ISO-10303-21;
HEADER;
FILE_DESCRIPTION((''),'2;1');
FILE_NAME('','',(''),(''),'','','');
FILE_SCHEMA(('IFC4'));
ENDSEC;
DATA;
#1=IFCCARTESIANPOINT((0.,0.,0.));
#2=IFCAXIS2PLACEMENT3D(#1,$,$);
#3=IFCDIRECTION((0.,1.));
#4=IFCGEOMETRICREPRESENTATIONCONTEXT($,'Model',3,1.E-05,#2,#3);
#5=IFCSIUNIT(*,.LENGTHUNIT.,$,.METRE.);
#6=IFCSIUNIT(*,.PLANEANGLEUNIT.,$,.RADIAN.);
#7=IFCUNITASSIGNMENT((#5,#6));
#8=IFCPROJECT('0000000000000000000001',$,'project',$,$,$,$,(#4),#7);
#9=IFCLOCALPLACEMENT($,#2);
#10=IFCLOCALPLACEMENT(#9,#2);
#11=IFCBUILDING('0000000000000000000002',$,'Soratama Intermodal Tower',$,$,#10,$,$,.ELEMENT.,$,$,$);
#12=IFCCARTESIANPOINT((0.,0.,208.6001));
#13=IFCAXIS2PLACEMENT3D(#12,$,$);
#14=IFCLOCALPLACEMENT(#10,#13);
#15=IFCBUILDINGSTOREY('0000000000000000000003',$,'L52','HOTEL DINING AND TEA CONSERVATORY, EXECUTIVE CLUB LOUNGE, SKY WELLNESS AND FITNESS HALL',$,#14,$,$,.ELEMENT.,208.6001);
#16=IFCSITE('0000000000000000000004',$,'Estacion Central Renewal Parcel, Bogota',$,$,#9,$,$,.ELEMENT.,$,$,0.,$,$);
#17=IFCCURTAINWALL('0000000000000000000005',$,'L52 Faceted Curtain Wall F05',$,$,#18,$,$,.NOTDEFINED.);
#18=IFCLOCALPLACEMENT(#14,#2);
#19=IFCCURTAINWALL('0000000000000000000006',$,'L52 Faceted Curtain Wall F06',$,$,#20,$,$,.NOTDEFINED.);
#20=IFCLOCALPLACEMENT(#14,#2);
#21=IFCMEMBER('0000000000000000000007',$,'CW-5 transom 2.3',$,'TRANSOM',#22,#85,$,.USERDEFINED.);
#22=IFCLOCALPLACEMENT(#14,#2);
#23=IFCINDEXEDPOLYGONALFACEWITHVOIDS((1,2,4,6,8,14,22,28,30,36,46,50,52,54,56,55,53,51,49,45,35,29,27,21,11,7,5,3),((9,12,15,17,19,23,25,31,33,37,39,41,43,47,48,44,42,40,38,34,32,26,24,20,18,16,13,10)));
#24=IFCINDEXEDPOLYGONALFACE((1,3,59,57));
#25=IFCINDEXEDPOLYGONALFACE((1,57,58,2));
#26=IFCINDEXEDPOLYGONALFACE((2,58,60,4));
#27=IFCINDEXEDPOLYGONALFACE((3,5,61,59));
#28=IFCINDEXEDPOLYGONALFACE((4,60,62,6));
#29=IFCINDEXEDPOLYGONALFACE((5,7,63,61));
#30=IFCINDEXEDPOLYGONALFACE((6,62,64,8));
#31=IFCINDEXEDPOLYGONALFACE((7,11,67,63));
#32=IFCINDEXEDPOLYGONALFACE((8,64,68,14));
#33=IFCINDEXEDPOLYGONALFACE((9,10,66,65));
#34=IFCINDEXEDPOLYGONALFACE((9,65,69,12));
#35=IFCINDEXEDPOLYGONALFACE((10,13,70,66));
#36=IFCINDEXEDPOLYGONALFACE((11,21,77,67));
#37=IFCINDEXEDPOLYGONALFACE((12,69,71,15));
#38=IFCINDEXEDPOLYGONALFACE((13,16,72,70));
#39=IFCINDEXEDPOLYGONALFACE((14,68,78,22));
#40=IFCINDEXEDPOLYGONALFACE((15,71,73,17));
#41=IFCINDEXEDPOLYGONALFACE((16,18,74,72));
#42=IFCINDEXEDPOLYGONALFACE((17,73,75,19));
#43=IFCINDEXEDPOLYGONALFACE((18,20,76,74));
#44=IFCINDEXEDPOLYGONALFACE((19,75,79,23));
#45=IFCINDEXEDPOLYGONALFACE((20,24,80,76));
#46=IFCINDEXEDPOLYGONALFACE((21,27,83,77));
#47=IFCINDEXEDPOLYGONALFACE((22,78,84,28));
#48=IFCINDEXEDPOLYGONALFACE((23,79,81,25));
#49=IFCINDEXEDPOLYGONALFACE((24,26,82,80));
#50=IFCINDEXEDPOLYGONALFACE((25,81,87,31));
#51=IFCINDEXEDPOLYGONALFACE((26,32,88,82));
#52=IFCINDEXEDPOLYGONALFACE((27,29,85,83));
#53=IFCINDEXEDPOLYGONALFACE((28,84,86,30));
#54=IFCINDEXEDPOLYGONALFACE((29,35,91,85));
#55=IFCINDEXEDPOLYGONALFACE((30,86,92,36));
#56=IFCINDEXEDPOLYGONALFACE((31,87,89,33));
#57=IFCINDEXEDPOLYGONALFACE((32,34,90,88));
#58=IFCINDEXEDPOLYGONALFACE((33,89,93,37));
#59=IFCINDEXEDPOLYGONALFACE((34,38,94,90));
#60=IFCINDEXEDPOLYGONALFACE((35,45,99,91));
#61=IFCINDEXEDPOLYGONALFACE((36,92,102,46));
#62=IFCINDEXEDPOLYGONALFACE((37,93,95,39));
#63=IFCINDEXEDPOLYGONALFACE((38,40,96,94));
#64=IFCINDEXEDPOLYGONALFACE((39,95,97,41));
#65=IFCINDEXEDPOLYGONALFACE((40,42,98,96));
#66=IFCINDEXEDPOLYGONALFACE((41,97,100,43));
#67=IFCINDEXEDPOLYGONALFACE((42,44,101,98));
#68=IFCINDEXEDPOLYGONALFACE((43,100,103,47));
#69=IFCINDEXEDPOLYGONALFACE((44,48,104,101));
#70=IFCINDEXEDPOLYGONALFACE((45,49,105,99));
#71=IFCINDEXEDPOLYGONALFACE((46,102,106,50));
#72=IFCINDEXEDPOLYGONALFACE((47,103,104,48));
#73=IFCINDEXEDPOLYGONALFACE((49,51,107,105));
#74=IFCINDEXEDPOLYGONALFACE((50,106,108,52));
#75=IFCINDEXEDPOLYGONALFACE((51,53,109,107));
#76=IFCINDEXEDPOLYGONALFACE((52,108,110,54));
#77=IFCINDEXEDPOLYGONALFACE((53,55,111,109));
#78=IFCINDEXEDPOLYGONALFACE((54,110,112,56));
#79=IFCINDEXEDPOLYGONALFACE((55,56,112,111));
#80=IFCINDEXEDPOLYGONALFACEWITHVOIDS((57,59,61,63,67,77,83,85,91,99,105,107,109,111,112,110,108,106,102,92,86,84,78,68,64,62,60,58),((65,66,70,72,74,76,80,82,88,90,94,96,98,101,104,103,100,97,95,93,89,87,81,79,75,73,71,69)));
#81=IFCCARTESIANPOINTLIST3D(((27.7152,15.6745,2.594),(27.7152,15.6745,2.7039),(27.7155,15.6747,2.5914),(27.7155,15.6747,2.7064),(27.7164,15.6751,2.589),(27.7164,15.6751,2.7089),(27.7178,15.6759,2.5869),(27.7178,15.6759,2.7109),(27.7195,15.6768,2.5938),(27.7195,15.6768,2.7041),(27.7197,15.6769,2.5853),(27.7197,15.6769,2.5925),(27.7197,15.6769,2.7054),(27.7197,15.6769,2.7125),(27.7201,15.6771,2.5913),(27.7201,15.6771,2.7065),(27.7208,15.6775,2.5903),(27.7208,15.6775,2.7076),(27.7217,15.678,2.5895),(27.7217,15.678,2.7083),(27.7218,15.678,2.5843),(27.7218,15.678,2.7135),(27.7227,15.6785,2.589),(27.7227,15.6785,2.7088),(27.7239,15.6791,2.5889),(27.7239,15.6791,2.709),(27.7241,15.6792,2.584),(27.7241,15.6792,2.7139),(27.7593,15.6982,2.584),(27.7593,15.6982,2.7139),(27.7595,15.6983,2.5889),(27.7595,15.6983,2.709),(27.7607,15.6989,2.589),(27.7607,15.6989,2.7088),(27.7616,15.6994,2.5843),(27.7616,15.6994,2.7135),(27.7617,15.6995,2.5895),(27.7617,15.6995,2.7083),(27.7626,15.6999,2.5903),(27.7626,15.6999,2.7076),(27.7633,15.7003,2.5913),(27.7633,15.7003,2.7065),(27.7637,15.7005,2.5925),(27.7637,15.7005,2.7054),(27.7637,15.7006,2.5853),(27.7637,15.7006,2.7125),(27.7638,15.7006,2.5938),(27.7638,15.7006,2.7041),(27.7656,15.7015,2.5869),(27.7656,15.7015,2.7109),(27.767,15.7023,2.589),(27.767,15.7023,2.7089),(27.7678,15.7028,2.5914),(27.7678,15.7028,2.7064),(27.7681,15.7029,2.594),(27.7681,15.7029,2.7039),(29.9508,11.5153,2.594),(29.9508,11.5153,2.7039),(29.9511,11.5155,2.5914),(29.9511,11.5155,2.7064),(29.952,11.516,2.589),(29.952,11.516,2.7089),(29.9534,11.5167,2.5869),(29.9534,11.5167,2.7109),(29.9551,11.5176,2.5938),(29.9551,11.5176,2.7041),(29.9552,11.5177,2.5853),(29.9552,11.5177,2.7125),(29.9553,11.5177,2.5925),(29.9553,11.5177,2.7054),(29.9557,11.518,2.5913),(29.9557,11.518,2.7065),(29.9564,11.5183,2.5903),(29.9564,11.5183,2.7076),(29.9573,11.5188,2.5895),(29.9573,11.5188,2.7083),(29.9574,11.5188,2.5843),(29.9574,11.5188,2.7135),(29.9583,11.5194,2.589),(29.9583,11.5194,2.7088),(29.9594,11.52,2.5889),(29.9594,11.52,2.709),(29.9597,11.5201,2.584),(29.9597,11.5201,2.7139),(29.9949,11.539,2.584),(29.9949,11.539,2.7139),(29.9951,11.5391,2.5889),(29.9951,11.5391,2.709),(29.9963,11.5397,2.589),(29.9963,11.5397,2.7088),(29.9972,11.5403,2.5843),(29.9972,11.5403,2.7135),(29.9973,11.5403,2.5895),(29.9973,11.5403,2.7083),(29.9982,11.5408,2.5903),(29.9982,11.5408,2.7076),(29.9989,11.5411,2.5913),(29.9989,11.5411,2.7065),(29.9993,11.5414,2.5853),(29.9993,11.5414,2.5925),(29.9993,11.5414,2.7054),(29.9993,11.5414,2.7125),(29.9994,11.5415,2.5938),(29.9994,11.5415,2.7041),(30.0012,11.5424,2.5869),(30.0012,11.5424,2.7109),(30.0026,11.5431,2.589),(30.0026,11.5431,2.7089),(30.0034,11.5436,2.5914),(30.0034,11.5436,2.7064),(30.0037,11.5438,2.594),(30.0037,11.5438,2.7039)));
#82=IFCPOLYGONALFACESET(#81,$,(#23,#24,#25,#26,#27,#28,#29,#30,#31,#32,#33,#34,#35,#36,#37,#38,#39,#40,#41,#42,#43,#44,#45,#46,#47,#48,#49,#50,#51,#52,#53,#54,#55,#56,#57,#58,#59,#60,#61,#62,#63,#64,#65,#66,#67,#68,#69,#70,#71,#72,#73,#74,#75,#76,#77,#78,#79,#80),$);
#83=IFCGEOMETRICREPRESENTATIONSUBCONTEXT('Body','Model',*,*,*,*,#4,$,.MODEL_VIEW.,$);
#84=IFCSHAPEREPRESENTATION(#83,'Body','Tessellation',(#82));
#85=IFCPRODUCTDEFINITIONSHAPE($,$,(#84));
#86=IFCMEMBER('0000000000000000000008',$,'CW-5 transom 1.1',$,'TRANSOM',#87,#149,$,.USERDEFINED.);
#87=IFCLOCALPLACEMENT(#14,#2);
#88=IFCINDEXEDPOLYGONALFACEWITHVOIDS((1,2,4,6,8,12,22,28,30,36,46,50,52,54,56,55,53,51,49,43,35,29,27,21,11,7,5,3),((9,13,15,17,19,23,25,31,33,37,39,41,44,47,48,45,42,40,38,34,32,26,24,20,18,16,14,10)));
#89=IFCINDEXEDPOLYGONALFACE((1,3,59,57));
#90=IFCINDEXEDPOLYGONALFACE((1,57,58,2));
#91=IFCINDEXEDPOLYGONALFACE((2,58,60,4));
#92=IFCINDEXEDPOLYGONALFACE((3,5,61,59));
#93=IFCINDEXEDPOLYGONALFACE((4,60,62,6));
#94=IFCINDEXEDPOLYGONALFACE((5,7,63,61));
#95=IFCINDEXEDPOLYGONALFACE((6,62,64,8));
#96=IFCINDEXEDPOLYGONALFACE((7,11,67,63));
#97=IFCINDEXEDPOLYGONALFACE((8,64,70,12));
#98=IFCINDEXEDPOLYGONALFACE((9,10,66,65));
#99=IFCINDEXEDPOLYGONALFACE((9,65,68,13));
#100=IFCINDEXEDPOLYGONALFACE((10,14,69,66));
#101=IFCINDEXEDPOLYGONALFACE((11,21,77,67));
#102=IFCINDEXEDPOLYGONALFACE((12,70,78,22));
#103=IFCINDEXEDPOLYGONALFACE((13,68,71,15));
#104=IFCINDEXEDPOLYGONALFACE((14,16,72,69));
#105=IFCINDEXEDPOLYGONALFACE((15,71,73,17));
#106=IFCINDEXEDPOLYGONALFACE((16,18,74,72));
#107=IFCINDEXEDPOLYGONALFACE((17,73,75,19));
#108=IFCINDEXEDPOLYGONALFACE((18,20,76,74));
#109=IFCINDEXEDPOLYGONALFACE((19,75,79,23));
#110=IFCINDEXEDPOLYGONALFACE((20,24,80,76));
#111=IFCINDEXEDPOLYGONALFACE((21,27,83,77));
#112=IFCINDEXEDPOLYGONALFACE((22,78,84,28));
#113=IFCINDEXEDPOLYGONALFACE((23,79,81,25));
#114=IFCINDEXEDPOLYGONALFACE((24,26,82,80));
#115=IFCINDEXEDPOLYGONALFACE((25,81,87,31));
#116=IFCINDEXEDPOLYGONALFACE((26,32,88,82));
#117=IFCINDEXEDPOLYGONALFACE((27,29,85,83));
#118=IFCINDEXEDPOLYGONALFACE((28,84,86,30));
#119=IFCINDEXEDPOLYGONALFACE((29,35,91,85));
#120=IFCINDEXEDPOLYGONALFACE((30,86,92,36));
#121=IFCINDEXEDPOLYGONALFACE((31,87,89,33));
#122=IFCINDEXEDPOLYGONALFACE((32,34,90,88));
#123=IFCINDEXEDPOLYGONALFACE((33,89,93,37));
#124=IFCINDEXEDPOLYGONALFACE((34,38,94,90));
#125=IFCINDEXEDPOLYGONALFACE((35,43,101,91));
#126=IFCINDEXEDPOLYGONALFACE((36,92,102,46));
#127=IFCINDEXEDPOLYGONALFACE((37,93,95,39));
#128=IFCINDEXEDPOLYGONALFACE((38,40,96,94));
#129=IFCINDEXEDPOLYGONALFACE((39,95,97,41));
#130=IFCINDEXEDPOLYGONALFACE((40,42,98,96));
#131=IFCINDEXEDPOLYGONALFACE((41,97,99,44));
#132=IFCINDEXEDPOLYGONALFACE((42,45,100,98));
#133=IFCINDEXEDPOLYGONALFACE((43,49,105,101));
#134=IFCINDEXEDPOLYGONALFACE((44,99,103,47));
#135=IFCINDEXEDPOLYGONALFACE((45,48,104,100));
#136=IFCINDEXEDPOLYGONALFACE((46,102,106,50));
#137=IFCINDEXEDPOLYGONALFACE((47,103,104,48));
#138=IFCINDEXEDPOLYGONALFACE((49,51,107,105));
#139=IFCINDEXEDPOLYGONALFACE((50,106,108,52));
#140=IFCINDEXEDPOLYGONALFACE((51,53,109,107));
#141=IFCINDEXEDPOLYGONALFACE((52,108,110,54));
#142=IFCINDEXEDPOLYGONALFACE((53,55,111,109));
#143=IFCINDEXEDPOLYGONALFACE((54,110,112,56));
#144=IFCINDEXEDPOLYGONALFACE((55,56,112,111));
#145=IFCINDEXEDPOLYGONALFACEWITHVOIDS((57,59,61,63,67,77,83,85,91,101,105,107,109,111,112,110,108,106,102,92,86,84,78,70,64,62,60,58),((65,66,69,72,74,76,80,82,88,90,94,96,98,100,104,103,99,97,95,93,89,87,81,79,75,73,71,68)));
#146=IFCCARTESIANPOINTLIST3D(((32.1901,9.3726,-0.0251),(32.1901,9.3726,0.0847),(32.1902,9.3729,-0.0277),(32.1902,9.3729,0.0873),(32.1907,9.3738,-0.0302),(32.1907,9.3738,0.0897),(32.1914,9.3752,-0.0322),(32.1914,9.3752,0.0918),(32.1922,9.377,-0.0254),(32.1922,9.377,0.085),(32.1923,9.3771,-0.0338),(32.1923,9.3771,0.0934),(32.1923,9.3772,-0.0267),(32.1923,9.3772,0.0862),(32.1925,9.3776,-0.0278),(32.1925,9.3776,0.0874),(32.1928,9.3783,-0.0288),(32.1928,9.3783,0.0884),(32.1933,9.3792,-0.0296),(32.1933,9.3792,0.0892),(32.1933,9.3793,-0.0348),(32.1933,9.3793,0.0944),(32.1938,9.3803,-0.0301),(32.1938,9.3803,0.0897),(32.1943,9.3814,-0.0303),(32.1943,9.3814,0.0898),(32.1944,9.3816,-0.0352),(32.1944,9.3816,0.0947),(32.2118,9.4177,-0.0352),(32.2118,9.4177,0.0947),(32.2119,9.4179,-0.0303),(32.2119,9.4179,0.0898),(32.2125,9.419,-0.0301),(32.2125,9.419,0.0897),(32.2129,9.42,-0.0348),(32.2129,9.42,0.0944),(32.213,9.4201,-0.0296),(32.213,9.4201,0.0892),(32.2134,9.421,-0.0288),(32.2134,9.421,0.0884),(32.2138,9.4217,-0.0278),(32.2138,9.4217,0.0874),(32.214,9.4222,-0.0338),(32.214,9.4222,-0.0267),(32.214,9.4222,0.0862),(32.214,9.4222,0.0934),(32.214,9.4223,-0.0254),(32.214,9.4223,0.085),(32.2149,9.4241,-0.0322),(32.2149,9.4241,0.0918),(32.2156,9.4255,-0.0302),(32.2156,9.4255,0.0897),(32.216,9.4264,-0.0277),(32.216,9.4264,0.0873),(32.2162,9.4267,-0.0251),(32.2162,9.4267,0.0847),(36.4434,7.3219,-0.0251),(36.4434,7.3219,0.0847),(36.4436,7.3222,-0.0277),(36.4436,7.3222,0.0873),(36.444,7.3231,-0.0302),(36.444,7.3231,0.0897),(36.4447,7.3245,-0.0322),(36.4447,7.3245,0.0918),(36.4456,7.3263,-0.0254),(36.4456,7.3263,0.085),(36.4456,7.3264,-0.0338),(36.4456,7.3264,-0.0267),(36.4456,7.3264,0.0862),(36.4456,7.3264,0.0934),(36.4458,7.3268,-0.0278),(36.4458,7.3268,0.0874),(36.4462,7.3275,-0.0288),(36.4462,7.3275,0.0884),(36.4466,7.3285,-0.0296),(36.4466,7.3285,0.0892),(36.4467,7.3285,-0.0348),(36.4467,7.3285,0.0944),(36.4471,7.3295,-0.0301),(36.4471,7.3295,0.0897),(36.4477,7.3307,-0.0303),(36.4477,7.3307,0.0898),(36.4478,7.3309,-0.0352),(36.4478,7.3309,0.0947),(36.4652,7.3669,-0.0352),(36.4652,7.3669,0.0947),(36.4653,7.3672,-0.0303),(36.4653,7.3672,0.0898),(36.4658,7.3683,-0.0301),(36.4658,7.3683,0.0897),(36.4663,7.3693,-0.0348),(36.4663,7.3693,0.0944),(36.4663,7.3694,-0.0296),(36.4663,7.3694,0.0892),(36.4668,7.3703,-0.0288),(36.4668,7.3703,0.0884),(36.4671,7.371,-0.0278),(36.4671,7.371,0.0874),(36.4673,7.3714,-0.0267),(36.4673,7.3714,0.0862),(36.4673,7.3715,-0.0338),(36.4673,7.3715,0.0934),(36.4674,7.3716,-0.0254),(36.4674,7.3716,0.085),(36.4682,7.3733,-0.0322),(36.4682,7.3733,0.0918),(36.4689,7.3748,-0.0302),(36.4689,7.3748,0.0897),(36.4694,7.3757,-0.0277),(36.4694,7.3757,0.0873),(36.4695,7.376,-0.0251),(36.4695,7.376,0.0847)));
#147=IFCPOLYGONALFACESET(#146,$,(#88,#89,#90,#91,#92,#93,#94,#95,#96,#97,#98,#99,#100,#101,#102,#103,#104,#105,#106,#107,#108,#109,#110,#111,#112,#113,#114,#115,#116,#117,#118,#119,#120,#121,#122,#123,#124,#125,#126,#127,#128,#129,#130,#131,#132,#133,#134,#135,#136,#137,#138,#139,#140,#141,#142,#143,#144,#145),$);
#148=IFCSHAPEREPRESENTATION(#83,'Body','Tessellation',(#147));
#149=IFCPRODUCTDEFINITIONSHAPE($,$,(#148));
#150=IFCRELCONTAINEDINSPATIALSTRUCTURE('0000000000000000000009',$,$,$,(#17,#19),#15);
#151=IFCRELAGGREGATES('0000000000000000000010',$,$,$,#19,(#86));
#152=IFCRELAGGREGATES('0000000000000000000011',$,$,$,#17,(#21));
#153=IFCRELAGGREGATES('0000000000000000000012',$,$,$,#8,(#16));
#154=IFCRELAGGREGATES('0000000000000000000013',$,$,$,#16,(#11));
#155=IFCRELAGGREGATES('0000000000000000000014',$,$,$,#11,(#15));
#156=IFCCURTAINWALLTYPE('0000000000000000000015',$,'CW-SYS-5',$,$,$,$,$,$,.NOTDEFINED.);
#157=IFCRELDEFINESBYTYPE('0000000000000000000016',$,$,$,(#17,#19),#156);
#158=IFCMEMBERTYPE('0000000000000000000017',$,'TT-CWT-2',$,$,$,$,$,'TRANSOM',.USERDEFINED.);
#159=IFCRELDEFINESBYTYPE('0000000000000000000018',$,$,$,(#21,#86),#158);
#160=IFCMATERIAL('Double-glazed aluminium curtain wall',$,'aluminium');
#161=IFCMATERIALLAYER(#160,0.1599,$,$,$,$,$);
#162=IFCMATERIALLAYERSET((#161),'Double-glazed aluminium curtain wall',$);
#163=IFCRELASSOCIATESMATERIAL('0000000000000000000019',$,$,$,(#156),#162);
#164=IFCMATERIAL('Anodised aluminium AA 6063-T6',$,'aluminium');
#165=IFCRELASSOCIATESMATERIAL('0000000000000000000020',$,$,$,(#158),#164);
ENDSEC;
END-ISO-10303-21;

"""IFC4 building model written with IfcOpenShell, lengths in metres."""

from ifc_helpers import new_model, si_unit, direction, frame, origin, origin_2d, place, context, subcontext, project, spatial, hollow_rectangle, extrude, material, layer, layer_set, material_profile, profile_set, type_object, element, aggregate, save


model = new_model("IFC4")

# Units and contexts
model_context = context("Model", 3, precision=1e-05, world=origin(), true_north=direction((0.0, 1.0)))
body_context = subcontext(model_context, "Body", "Model", "MODEL_VIEW")
ifc_project = project(units=[si_unit("LENGTHUNIT", "METRE"), si_unit("PLANEANGLEUNIT", "RADIAN")], contexts=[model_context])

# Site, building, storey
site_placement = place(None, origin())
site = spatial("IfcSite", under=ifc_project, at=site_placement, Name="Estacion Central Renewal Parcel, Bogota", CompositionType="ELEMENT", RefElevation=0.0)
building_placement = place(site_placement, origin())
building = spatial("IfcBuilding", under=site, at=building_placement, Name="Soratama Intermodal Tower", CompositionType="ELEMENT")
storey_placement = place(building_placement, frame((0.0, 0.0, 208.6001)))
storey = spatial("IfcBuildingStorey", under=building, at=storey_placement, Name="L52", Description="HOTEL DINING AND TEA CONSERVATORY, EXECUTIVE CLUB LOUNGE, SKY WELLNESS AND FITNESS HALL", CompositionType="ELEMENT", Elevation=208.6001)

# Curtain walls
ifc_material_1 = material(Name="Double-glazed aluminium curtain wall", Category="aluminium")
ifc_layer_1 = layer(ifc_material_1, 0.1599)
ifc_layer_set_1 = layer_set([ifc_layer_1], Name="Double-glazed aluminium curtain wall")
curtain_wall_type = type_object("IfcCurtainWallType", Name="CW-SYS-5", PredefinedType="NOTDEFINED", material=ifc_layer_set_1)
curtain_wall_1_placement = place(storey_placement, origin())
curtain_wall_1 = element("IfcCurtainWall", 1, at=curtain_wall_1_placement, inside=storey, type_object=curtain_wall_type, Name="L52 Faceted Curtain Wall F05", PredefinedType="NOTDEFINED")
curtain_wall_2_placement = place(storey_placement, origin())
curtain_wall_2 = element("IfcCurtainWall", 2, at=curtain_wall_2_placement, inside=storey, type_object=curtain_wall_type, Name="L52 Faceted Curtain Wall F06", PredefinedType="NOTDEFINED")

# Members
ifc_material_2 = material(Name="Anodised aluminium AA 6063-T6", Category="aluminium")
ifc_material_profile_1 = material_profile(ifc_material_2, hollow_rectangle(XDim=0.0601, YDim=0.1299, WallThickness=0.0049, InnerFilletRadius=0.0049, OuterFilletRadius=0.01, at=origin_2d()), Name="CWT130X60X5")
ifc_profile_set_1 = profile_set([ifc_material_profile_1], Name="Anodised aluminium AA 6063-T6")
member_type_1 = type_object("IfcMemberType", Name="TT-CWT-2", ElementType="TRANSOM", PredefinedType="USERDEFINED", material=ifc_profile_set_1)
member_1_placement = place(storey_placement, frame((27.7417, 15.6887, 2.6489), z_axis=(0.473449, -0.880821, 0.0), x_axis=(0.880821, 0.473449, 0.0)))
member_1 = element("IfcMember", 3, at=member_1_placement, type_object=member_type_1, Name="CW-5 transom 2.3", ObjectType="TRANSOM", PredefinedType="USERDEFINED", context=body_context, shape_type="SweptSolid", body=[
    extrude(hollow_rectangle(XDim=0.0601, YDim=0.1299, WallThickness=0.0049, InnerFilletRadius=0.0049, OuterFilletRadius=0.01, at=origin_2d()), origin(), (0.0, 0.0, 1.0), 4.7219),
])
member_2_placement = place(storey_placement, frame((32.2031, 9.3997, 0.0298), z_axis=(0.900767, -0.434304, 0.0), x_axis=(0.434304, 0.900767, 0.0)))
member_2 = element("IfcMember", 4, at=member_2_placement, type_object=member_type_1, Name="CW-5 transom 1.1", ObjectType="TRANSOM", PredefinedType="USERDEFINED", context=body_context, shape_type="SweptSolid", body=[
    extrude(hollow_rectangle(XDim=0.0601, YDim=0.1299, WallThickness=0.0049, InnerFilletRadius=0.0049, OuterFilletRadius=0.01, at=origin_2d()), origin(), (0.0, 0.0, 1.0), 4.7219),
])
aggregate(curtain_wall_2, [member_2])

aggregate(curtain_wall_1, [member_1])

save(model, "model.ifc")
